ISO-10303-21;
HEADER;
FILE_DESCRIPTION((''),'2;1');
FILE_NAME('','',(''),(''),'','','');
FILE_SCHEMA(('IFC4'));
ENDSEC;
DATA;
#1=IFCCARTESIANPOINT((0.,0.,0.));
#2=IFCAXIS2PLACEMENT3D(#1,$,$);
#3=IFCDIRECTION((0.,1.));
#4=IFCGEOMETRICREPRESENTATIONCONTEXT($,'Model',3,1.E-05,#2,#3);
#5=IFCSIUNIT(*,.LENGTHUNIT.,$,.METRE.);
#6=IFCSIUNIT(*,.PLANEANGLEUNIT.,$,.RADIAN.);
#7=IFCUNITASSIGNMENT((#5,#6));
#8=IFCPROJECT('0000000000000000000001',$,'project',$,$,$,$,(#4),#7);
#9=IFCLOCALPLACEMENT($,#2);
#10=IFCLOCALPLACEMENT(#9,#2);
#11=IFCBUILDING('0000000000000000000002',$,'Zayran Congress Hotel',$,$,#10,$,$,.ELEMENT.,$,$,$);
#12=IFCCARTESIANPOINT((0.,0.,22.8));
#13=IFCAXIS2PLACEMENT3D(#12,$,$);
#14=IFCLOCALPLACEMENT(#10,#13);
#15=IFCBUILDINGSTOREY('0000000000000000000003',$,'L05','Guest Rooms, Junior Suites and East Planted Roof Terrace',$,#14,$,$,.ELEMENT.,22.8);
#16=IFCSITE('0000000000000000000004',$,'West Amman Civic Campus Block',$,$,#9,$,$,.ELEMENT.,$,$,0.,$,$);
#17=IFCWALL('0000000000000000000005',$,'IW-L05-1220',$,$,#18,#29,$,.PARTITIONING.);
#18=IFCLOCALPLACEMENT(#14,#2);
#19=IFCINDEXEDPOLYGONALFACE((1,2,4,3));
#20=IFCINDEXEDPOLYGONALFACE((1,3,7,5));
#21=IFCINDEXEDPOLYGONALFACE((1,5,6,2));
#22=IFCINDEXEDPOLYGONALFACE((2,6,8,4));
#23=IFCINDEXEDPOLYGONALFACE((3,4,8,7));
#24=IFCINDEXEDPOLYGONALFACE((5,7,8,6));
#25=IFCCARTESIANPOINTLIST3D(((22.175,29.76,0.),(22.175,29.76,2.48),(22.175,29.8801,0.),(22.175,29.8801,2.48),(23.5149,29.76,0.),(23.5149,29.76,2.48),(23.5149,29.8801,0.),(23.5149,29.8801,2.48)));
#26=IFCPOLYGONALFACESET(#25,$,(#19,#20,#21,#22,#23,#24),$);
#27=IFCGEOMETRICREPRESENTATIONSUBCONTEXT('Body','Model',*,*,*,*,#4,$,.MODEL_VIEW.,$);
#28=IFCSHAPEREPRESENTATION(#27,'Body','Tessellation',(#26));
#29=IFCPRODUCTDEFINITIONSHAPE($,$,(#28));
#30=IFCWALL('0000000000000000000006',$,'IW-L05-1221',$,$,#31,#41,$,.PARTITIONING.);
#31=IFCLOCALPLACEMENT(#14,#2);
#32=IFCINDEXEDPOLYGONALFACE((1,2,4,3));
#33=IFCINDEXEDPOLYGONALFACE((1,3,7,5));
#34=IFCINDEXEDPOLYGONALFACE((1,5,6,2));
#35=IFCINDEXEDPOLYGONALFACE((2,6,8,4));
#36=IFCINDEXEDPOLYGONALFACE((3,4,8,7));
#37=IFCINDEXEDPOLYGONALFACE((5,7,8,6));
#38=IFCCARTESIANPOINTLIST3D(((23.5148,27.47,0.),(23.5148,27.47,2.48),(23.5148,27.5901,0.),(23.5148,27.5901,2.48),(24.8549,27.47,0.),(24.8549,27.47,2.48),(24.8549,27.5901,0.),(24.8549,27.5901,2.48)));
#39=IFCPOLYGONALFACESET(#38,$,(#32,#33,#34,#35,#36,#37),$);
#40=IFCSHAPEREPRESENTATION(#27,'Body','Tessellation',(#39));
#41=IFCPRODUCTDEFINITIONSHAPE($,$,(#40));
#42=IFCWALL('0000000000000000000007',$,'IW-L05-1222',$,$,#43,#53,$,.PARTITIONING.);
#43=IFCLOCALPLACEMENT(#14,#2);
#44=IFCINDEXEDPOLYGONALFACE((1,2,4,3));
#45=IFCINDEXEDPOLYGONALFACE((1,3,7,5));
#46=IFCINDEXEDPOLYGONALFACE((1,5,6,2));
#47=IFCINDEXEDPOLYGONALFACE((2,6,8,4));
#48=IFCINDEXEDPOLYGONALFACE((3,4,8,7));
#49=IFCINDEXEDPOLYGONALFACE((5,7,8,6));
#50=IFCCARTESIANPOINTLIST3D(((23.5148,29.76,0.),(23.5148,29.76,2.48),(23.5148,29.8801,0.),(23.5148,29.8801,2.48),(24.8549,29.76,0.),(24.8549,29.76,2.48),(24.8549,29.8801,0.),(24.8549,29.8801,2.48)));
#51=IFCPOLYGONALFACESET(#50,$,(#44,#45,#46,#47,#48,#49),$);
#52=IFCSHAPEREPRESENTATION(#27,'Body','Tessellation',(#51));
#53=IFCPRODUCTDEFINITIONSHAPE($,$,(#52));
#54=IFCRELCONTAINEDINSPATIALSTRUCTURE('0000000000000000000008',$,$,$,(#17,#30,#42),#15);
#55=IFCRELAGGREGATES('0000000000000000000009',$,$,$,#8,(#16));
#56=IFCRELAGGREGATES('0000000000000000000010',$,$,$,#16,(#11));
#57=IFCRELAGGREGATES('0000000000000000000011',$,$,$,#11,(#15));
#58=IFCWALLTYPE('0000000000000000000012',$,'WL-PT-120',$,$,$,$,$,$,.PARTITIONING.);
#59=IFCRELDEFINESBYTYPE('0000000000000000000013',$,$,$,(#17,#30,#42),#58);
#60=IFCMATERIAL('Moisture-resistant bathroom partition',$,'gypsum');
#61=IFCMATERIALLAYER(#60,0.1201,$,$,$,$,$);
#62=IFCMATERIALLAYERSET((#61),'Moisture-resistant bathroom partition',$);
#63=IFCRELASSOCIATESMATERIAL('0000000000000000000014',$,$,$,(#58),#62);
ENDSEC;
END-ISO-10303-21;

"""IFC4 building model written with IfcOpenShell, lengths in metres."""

from ifc_helpers import new_model, si_unit, direction, frame, frame_2d, origin, place, context, subcontext, project, spatial, rectangle, extrude, material, layer, layer_set, type_object, element, save


model = new_model("IFC4")

# Units and contexts
model_context = context("Model", 3, precision=1e-05, world=origin(), true_north=direction((0.0, 1.0)))
body_context = subcontext(model_context, "Body", "Model", "MODEL_VIEW")
ifc_project = project(units=[si_unit("LENGTHUNIT", "METRE"), si_unit("PLANEANGLEUNIT", "RADIAN")], contexts=[model_context])

# Site, building, storey
site_placement = place(None, origin())
site = spatial("IfcSite", under=ifc_project, at=site_placement, Name="West Amman Civic Campus Block", CompositionType="ELEMENT", RefElevation=0.0)
building_placement = place(site_placement, origin())
building = spatial("IfcBuilding", under=site, at=building_placement, Name="Zayran Congress Hotel", CompositionType="ELEMENT")
storey_placement = place(building_placement, frame((0.0, 0.0, 22.8)))
storey = spatial("IfcBuildingStorey", under=building, at=storey_placement, Name="L05", Description="Guest Rooms, Junior Suites and East Planted Roof Terrace", CompositionType="ELEMENT", Elevation=22.8)

# Shared definitions
ifc_material_1 = material(Name="Moisture-resistant bathroom partition", Category="gypsum")
ifc_layer_1 = layer(ifc_material_1, 0.1201)
ifc_layer_set_1 = layer_set([ifc_layer_1], Name="Moisture-resistant bathroom partition")
wall_type_1 = type_object("IfcWallType", Name="WL-PT-120", PredefinedType="PARTITIONING", material=ifc_layer_set_1)

# Walls
for number, where, z_axis, x_axis, name in (
    (1, (22.175, 29.8201, 0.0), (0.0, 0.0, 1.0), (1.0, 0.0, 0.0), "IW-L05-1220"),
):
    element("IfcWall", number, at=place(storey_placement, frame(where, z_axis=z_axis, x_axis=x_axis)), inside=storey, type_object=wall_type_1, Name=name, PredefinedType="PARTITIONING", context=body_context, shape_type="SweptSolid", body=[
        extrude(rectangle(XDim=1.3398, YDim=0.1201, at=frame_2d((0.6699, 0.0))), origin(), (0.0, 0.0, 1.0), 2.48),
    ])
for number, where, z_axis, x_axis, name in (
    (2, (23.5149, 27.53, 0.0), (0.0, 0.0, 1.0), (1.0, 0.0, 0.0), "IW-L05-1221"),
    (3, (23.5149, 29.8201, 0.0), (0.0, 0.0, 1.0), (1.0, 0.0, 0.0), "IW-L05-1222"),
):
    element("IfcWall", number, at=place(storey_placement, frame(where, z_axis=z_axis, x_axis=x_axis)), inside=storey, type_object=wall_type_1, Name=name, PredefinedType="PARTITIONING", context=body_context, shape_type="SweptSolid", body=[
        extrude(rectangle(XDim=1.3401, YDim=0.1201, at=frame_2d((0.6699, 0.0))), origin(), (0.0, 0.0, 1.0), 2.48),
    ])

save(model, "model.ifc")
